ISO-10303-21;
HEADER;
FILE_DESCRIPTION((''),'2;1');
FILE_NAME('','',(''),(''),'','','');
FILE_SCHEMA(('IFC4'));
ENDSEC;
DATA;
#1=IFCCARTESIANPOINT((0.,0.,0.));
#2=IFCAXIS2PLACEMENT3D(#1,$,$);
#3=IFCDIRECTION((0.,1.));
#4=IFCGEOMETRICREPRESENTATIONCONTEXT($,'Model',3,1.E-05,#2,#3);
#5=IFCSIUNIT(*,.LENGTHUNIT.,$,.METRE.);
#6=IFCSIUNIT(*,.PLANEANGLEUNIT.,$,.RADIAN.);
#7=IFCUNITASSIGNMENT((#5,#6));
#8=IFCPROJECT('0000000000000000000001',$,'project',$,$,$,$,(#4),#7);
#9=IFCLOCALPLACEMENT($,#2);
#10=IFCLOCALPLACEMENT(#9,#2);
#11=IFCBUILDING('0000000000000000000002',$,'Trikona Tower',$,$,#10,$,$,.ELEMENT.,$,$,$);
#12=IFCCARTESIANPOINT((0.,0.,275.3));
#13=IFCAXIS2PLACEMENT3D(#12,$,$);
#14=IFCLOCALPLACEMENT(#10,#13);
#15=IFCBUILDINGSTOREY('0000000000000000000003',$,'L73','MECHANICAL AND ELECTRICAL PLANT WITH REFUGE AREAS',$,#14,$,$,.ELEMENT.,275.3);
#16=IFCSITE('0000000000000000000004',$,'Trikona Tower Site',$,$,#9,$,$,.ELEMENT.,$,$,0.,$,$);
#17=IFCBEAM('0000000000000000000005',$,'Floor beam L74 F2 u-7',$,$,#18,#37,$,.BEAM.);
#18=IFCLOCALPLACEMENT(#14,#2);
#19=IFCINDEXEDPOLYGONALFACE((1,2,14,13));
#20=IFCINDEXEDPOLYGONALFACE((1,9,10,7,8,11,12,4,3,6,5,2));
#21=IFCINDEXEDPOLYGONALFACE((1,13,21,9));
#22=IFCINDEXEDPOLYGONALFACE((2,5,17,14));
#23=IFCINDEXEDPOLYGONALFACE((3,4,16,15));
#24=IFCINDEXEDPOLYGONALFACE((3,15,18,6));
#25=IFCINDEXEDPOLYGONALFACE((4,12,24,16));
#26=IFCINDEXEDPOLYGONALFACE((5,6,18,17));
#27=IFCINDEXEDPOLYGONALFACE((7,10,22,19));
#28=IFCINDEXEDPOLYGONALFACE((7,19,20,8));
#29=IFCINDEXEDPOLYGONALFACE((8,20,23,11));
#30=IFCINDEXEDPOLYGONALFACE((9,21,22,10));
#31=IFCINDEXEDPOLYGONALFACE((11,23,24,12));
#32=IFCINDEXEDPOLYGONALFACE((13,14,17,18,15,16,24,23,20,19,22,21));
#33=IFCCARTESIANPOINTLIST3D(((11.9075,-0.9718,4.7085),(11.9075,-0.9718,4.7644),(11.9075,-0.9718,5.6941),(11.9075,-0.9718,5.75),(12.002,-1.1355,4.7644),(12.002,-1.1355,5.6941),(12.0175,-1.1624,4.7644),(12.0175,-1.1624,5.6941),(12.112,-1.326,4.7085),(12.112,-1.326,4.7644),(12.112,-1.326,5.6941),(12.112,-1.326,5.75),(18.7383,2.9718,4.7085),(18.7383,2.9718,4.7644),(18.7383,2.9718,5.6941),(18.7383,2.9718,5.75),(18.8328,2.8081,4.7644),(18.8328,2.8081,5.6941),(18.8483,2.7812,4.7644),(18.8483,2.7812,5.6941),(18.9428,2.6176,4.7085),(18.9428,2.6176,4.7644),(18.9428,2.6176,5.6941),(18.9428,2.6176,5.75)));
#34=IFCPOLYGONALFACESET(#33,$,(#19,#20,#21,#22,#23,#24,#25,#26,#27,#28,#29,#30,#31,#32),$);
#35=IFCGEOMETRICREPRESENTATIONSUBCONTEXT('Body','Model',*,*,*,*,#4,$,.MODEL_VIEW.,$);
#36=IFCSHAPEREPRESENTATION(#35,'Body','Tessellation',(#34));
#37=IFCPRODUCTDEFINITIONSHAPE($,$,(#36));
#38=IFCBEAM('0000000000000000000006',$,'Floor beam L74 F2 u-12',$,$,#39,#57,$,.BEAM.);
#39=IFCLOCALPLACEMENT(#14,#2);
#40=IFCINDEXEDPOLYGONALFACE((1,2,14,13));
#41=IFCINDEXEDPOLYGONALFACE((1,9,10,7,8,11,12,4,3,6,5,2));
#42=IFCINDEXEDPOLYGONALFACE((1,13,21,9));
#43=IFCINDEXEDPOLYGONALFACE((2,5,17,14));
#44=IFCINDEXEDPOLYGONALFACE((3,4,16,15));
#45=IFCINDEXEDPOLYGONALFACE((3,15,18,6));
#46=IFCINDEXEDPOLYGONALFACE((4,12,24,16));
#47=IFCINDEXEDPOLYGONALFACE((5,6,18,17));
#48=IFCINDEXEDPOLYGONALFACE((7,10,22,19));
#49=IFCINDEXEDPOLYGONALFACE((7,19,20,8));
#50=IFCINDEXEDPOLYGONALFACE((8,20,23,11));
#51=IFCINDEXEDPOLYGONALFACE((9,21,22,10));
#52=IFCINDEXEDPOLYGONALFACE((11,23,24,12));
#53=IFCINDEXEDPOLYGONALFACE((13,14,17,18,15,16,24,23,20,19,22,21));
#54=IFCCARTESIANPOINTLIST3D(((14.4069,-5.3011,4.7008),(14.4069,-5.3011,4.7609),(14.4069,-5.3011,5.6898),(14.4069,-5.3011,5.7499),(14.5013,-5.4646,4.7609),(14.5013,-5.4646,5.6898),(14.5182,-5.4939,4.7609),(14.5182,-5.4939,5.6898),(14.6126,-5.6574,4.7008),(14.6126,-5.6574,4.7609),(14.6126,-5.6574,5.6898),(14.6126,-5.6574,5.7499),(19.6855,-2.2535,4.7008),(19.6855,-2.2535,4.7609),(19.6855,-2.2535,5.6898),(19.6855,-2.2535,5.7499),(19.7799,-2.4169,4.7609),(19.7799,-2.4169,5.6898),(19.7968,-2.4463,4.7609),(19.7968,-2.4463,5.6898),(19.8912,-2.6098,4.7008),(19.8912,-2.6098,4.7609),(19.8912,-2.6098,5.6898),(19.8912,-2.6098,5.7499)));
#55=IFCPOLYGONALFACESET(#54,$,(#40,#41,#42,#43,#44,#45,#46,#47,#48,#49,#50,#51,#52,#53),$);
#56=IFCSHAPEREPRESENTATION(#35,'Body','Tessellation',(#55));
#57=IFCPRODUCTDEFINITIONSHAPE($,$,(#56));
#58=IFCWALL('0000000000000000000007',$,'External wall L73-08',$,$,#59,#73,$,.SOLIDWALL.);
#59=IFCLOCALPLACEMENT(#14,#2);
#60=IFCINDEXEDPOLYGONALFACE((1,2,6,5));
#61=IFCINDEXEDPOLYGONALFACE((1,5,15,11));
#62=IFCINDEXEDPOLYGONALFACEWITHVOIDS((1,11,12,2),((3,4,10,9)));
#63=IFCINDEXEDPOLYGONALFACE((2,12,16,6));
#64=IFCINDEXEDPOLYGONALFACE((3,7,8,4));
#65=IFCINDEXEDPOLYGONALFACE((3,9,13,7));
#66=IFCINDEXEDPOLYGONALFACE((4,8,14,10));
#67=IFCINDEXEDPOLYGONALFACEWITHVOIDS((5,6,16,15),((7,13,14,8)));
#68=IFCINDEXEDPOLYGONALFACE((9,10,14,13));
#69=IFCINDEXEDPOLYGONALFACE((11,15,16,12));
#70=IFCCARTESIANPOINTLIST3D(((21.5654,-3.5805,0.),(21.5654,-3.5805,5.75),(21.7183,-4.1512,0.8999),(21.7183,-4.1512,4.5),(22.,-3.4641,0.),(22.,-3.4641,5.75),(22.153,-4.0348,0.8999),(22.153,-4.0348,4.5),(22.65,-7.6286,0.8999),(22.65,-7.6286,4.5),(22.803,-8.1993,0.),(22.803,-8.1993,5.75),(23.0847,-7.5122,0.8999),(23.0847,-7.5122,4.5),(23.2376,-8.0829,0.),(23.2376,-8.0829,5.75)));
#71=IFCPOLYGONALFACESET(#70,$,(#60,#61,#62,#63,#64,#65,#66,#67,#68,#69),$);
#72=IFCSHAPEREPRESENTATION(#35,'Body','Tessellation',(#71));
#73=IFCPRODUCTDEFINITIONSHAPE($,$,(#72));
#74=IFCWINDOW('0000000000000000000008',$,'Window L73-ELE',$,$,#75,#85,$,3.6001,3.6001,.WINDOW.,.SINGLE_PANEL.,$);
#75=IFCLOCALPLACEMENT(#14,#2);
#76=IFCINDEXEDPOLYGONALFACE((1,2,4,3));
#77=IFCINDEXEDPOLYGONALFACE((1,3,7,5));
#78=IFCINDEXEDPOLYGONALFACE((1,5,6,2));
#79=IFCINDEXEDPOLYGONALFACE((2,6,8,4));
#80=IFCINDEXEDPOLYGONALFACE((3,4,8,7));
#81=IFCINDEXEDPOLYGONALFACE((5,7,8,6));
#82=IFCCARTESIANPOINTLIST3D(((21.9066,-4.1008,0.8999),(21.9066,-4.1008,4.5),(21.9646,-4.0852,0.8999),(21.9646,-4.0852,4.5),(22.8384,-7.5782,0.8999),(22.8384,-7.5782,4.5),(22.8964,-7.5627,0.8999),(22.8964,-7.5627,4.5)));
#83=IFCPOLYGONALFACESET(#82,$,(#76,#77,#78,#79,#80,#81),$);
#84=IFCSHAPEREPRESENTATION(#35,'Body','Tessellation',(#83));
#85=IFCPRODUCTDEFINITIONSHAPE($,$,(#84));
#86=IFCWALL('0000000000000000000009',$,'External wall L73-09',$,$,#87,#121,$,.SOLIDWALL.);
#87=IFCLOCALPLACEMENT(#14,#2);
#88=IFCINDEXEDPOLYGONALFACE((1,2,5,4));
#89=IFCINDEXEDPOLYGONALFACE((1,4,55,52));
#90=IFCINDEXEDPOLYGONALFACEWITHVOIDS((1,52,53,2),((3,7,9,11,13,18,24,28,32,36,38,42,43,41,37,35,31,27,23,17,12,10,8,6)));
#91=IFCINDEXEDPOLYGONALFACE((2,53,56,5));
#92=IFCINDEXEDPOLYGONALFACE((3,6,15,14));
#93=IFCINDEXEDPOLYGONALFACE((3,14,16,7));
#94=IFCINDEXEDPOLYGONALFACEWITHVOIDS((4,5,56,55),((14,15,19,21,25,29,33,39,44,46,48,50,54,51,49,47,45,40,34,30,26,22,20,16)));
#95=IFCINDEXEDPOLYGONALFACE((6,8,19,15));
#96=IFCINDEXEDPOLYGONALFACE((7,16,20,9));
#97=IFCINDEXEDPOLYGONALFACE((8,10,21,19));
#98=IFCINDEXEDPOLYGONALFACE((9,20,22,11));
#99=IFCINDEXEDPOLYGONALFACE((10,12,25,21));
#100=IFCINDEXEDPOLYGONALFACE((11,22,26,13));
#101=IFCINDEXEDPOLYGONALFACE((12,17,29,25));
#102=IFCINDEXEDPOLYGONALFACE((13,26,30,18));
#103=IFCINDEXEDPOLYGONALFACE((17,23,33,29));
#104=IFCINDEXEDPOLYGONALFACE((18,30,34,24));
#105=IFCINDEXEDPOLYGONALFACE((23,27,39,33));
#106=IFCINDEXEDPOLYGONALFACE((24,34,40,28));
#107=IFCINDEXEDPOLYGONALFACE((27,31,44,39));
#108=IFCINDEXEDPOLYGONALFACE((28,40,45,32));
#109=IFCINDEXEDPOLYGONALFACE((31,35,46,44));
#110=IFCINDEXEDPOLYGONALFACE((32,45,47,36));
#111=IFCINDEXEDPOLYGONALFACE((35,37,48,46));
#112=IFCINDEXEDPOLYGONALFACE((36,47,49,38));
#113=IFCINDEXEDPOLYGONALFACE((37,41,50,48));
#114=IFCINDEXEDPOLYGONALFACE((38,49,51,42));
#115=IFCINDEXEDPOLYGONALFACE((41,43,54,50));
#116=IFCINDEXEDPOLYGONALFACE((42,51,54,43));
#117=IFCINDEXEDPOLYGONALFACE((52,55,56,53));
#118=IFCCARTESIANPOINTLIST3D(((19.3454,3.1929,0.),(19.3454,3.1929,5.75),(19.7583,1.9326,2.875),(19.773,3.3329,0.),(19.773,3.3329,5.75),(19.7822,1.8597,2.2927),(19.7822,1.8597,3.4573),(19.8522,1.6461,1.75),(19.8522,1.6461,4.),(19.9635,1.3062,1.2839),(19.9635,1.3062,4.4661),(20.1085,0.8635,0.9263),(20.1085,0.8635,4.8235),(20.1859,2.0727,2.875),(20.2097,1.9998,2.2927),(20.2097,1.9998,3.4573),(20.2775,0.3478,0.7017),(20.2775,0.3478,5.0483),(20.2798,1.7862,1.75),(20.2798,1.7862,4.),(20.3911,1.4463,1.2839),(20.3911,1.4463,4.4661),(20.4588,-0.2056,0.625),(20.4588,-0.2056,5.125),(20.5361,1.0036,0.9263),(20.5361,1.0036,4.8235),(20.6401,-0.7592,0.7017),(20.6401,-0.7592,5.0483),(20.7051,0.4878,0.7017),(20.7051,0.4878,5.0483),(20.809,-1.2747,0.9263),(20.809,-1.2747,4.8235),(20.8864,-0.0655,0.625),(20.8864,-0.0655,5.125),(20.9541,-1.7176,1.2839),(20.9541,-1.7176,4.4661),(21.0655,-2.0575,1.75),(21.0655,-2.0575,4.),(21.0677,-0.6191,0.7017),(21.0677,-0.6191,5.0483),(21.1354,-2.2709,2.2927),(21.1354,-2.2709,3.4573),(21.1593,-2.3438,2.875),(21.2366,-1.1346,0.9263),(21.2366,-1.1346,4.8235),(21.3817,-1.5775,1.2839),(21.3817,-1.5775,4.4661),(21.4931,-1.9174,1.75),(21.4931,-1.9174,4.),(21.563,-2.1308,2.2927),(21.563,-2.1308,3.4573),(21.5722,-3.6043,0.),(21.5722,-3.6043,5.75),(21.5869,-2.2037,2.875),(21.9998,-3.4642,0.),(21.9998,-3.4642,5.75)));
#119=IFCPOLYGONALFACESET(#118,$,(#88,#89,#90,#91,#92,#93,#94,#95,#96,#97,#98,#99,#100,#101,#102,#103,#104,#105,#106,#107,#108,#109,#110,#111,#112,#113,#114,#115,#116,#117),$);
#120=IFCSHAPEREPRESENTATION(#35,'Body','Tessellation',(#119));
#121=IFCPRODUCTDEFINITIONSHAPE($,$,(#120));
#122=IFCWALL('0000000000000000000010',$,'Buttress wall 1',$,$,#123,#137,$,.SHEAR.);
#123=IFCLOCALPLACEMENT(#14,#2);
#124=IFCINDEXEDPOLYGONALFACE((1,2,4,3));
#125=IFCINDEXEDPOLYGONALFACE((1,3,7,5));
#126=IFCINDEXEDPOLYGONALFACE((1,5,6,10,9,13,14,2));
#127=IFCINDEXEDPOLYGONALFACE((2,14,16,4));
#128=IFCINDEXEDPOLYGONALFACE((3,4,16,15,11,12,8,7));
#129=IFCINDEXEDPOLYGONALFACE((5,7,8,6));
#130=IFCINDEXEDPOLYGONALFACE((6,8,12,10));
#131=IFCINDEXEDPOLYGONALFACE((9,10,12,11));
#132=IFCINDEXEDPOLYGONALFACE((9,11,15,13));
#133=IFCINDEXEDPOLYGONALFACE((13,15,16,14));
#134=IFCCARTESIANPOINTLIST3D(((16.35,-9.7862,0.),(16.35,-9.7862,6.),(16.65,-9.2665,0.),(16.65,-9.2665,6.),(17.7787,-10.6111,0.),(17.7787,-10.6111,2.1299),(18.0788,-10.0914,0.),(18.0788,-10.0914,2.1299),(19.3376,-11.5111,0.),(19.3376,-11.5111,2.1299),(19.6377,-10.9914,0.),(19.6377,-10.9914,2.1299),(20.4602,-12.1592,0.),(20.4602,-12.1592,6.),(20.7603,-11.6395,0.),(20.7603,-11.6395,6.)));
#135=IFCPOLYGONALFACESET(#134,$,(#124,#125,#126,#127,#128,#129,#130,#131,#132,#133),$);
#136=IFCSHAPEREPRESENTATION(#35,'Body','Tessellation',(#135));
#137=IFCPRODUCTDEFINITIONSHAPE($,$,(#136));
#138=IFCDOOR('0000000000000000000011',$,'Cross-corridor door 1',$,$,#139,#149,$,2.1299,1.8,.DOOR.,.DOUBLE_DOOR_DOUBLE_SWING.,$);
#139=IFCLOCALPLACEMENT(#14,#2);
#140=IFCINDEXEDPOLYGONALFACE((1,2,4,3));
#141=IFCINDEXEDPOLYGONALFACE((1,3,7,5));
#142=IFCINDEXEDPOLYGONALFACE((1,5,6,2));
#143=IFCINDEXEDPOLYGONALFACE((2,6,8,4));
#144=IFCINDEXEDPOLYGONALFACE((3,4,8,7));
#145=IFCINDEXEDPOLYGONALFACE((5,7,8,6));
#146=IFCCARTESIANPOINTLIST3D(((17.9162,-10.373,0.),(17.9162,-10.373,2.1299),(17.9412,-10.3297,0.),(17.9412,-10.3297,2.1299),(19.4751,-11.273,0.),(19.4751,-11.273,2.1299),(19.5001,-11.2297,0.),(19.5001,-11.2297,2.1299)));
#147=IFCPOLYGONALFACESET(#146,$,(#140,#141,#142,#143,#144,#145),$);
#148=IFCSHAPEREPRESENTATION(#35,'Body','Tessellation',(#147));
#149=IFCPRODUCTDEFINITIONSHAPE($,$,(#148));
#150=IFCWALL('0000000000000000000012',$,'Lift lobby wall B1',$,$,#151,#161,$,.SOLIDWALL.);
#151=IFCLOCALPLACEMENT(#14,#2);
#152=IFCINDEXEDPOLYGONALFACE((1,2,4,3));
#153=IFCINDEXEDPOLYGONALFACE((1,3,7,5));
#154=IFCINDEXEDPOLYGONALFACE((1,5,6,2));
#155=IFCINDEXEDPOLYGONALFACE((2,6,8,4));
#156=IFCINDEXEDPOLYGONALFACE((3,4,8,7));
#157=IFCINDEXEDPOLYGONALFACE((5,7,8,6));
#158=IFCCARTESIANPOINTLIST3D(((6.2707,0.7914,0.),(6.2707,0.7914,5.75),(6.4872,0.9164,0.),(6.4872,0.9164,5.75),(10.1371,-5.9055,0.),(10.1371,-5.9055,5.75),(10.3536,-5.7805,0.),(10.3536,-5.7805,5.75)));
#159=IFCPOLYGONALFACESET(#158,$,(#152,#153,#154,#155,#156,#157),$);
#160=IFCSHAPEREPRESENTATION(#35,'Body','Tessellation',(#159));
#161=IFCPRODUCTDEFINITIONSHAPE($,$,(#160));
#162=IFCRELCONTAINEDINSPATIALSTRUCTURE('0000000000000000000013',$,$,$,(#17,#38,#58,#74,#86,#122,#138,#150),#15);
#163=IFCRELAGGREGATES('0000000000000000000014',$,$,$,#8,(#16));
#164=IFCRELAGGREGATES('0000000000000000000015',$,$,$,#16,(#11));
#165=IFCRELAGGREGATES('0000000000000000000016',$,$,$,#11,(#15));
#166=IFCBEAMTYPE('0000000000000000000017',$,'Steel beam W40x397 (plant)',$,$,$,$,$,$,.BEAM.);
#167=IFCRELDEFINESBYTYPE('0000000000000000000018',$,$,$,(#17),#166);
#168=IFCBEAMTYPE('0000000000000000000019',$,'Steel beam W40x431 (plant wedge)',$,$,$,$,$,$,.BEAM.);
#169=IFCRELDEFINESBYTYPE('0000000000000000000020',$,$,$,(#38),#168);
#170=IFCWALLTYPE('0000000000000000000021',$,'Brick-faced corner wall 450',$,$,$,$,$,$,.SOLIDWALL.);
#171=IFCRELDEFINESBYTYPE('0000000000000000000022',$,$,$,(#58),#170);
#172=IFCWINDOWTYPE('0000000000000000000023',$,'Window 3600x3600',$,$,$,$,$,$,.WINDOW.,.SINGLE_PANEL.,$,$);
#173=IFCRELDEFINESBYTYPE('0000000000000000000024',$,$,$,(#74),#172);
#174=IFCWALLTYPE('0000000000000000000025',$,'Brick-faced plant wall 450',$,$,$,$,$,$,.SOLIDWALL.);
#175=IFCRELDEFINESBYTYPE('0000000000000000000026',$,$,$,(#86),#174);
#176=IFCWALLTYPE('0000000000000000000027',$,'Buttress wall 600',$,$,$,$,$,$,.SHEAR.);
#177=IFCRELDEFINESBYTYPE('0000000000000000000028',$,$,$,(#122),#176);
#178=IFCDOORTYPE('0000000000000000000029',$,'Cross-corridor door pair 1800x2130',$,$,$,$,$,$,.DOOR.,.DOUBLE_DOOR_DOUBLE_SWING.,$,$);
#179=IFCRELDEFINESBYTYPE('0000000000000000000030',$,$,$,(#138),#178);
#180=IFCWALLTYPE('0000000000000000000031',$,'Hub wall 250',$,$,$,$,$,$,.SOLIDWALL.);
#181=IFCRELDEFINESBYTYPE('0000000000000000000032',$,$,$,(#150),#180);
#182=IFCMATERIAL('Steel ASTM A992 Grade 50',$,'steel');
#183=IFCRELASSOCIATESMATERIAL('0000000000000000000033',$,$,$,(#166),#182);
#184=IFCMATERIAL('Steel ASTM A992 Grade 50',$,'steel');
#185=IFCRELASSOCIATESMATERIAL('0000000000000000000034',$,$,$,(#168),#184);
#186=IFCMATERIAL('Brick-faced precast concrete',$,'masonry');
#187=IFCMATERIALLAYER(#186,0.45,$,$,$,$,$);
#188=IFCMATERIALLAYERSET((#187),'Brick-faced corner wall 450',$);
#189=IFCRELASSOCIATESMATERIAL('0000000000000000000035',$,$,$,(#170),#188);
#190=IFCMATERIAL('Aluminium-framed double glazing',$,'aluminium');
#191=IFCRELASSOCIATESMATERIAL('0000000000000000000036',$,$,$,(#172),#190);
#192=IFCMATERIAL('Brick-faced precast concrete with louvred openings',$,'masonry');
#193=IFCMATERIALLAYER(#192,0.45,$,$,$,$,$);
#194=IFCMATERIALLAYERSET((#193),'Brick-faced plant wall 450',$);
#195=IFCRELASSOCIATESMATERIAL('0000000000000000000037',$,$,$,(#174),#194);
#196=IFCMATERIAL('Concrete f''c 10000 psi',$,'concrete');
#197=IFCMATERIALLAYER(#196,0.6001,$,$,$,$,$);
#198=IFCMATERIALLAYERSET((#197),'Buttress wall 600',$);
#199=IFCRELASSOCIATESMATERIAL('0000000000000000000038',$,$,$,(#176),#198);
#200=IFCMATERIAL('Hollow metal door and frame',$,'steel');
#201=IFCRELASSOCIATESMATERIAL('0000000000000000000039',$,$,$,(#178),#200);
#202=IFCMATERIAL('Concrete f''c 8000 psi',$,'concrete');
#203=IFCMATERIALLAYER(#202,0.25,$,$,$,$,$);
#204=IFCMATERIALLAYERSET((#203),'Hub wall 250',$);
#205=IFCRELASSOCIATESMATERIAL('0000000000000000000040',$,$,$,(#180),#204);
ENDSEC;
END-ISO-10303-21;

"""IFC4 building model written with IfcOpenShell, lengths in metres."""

from ifc_helpers import new_model, si_unit, direction, frame, frame_2d, origin, origin_2d, place, context, subcontext, project, spatial, polyline, rectangle, i_section, outline, extrude, material, layer, layer_set, material_profile, profile_set, type_object, element, fill, save


model = new_model("IFC4")

# Units and contexts
model_context = context("Model", 3, precision=1e-05, world=origin(), true_north=direction((0.0, 1.0)))
body_context = subcontext(model_context, "Body", "Model", "MODEL_VIEW")
ifc_project = project(units=[si_unit("LENGTHUNIT", "METRE"), si_unit("PLANEANGLEUNIT", "RADIAN")], contexts=[model_context])

# Site, building, storey
site_placement = place(None, origin())
site = spatial("IfcSite", under=ifc_project, at=site_placement, Name="Trikona Tower Site", CompositionType="ELEMENT", RefElevation=0.0)
building_placement = place(site_placement, origin())
building = spatial("IfcBuilding", under=site, at=building_placement, Name="Trikona Tower", CompositionType="ELEMENT")
storey_placement = place(building_placement, frame((0.0, 0.0, 275.3)))
storey = spatial("IfcBuildingStorey", under=building, at=storey_placement, Name="L73", Description="MECHANICAL AND ELECTRICAL PLANT WITH REFUGE AREAS", CompositionType="ELEMENT", Elevation=275.3)

# Beams
ifc_material_1 = material(Name="Steel ASTM A992 Grade 50", Category="steel")
ifc_material_profile_1 = material_profile(ifc_material_1, i_section(OverallWidth=0.4089, OverallDepth=1.0415, WebThickness=0.031, FlangeThickness=0.0559, at=origin_2d()), Name="W40X397")
ifc_profile_set_1 = profile_set([ifc_material_profile_1], Name="Steel ASTM A992 Grade 50")
beam_type_1 = type_object("IfcBeamType", Name="Steel beam W40x397 (plant)", PredefinedType="BEAM", material=ifc_profile_set_1)
beam_1_placement = place(storey_placement, frame((12.0098, -1.1489, 5.2292), z_axis=(0.866035, 0.499984, 0.0), x_axis=(-0.499984, 0.866035, 0.0)))
element("IfcBeam", 1, at=beam_1_placement, inside=storey, type_object=beam_type_1, Name="Floor beam L74 F2 u-7", PredefinedType="BEAM", context=body_context, shape_type="SweptSolid", body=[
    extrude(i_section(OverallWidth=0.4089, OverallDepth=1.0415, WebThickness=0.031, FlangeThickness=0.0559, at=origin_2d()), origin(), (0.0, 0.0, 1.0), 7.8875),
])
ifc_material_2 = material(Name="Steel ASTM A992 Grade 50", Category="steel")
ifc_material_profile_2 = material_profile(ifc_material_2, i_section(OverallWidth=0.4114, OverallDepth=1.0491, WebThickness=0.0339, FlangeThickness=0.0601, at=origin_2d()), Name="W40X431")
ifc_profile_set_2 = profile_set([ifc_material_profile_2], Name="Steel ASTM A992 Grade 50")
beam_type_2 = type_object("IfcBeamType", Name="Steel beam W40x431 (plant wedge)", PredefinedType="BEAM", material=ifc_profile_set_2)
beam_2_placement = place(storey_placement, frame((14.5098, -5.4792, 5.2253), z_axis=(0.866023, 0.500003, 0.0), x_axis=(-0.500003, 0.866023, 0.0)))
element("IfcBeam", 2, at=beam_2_placement, inside=storey, type_object=beam_type_2, Name="Floor beam L74 F2 u-12", PredefinedType="BEAM", context=body_context, shape_type="SweptSolid", body=[
    extrude(i_section(OverallWidth=0.4114, OverallDepth=1.0491, WebThickness=0.0339, FlangeThickness=0.0601, at=origin_2d()), origin(), (0.0, 0.0, 1.0), 6.0952),
])

# Wall, opening, window
ifc_material_3 = material(Name="Brick-faced precast concrete", Category="masonry")
ifc_layer_1 = layer(ifc_material_3, 0.45)
ifc_layer_set_1 = layer_set([ifc_layer_1], Name="Brick-faced corner wall 450")
wall_type_1 = type_object("IfcWallType", Name="Brick-faced corner wall 450", PredefinedType="SOLIDWALL", material=ifc_layer_set_1)
wall_1_placement = place(storey_placement, frame((23.0203, -8.1411, 0.0), z_axis=(0.0, 0.0, 1.0), x_axis=(-0.258803, 0.96593, 0.0)))
wall_1 = element("IfcWall", 3, at=wall_1_placement, inside=storey, type_object=wall_type_1, Name="External wall L73-08", PredefinedType="SOLIDWALL", context=body_context, shape_type="SweptSolid", body=[
    extrude(rectangle(XDim=4.7817, YDim=0.45, at=frame_2d((2.3909, 0.0))), origin(), (0.0, 0.0, 1.0), 5.75),
])
opening_1_placement = place(wall_1_placement, frame((0.5908, 0.0, 0.8999)))
opening_1 = element("IfcOpeningElement", 4, at=opening_1_placement, cuts=wall_1, PredefinedType="OPENING", context=body_context, shape_type="SweptSolid", body=[
    extrude(rectangle(XDim=3.6001, YDim=3.6001, at=frame_2d((1.8, 1.8))), frame((0.0, 0.2349, 0.0), z_axis=(0.0, -1.0, 0.0), x_axis=(1.0, 0.0, 0.0)), (0.0, 0.0, 1.0), 0.47),
])
ifc_material_4 = material(Name="Aluminium-framed double glazing", Category="aluminium")
window_type = type_object("IfcWindowType", Name="Window 3600x3600", PartitioningType="SINGLE_PANEL", PredefinedType="WINDOW", material=ifc_material_4)
window_placement = place(opening_1_placement, origin())
window = element("IfcWindow", 5, at=window_placement, inside=storey, type_object=window_type, Name="Window L73-ELE", OverallHeight=3.6001, OverallWidth=3.6001, PartitioningType="SINGLE_PANEL", PredefinedType="WINDOW", context=body_context, shape_type="SweptSolid", body=[
    extrude(rectangle(XDim=3.6001, YDim=3.6001, at=frame_2d((1.8, 1.8))), frame((0.0, 0.03, 0.0), z_axis=(0.0, -1.0, 0.0), x_axis=(1.0, 0.0, 0.0)), (0.0, 0.0, 1.0), 0.0601),
])
fill(opening_1, window)

# Wall
ifc_material_5 = material(Name="Brick-faced precast concrete with louvred openings", Category="masonry")
ifc_layer_2 = layer(ifc_material_5, 0.45)
ifc_layer_set_2 = layer_set([ifc_layer_2], Name="Brick-faced plant wall 450")
wall_type_2 = type_object("IfcWallType", Name="Brick-faced plant wall 450", PredefinedType="SOLIDWALL", material=ifc_layer_set_2)
wall_2_placement = place(storey_placement, frame((21.7861, -3.5342, 0.0), z_axis=(0.0, 0.0, 1.0), x_axis=(-0.311329, 0.950302, 0.0)))
element("IfcWall", 6, at=wall_2_placement, inside=storey, type_object=wall_type_2, Name="External wall L73-09", PredefinedType="SOLIDWALL", context=body_context, shape_type="SweptSolid", body=[
    extrude(outline(polyline([(0.0, 0.0), (7.1526, 0.0), (7.1526, 5.75), (0.0, 5.75), (0.0, 0.0)]), holes=[polyline([(5.8264, 2.875), (5.7498, 3.4573), (5.5249, 4.0), (5.1672, 4.4661), (4.7014, 4.8235), (4.1587, 5.0483), (3.5764, 5.125), (2.9939, 5.0483), (2.4514, 4.8235), (1.9854, 4.4661), (1.6277, 4.0), (1.4031, 3.4573), (1.3264, 2.875), (1.4031, 2.2927), (1.6277, 1.75), (1.9854, 1.2839), (2.4514, 0.9263), (2.9939, 0.7017), (3.5764, 0.625), (4.1587, 0.7017), (4.7014, 0.9263), (5.1672, 1.2839), (5.5249, 1.75), (5.7498, 2.2927), (5.8264, 2.875)])]), frame((0.0, 0.2251, 0.0), z_axis=(0.0, -1.0, 0.0), x_axis=(1.0, 0.0, 0.0)), (0.0, 0.0, 1.0), 0.45),
])

# Wall, opening, door
ifc_material_6 = material(Name="Concrete f'c 10000 psi", Category="concrete")
ifc_layer_3 = layer(ifc_material_6, 0.6001)
ifc_layer_set_3 = layer_set([ifc_layer_3], Name="Buttress wall 600")
wall_type_3 = type_object("IfcWallType", Name="Buttress wall 600", PredefinedType="SHEAR", material=ifc_layer_set_3)
wall_3_placement = place(storey_placement, frame((16.5, -9.5264, 0.0), z_axis=(0.0, 0.0, 1.0), x_axis=(0.866031, -0.49999, 0.0)))
wall_3 = element("IfcWall", 7, at=wall_3_placement, inside=storey, type_object=wall_type_3, Name="Buttress wall 1", PredefinedType="SHEAR", context=body_context, shape_type="SweptSolid", body=[
    extrude(rectangle(XDim=4.7461, YDim=0.6001, at=frame_2d((2.373, 0.0))), origin(), (0.0, 0.0, 1.0), 6.0),
])
opening_2_placement = place(wall_3_placement, frame((1.6499, 0.0, 0.0)))
opening_2 = element("IfcOpeningElement", 8, at=opening_2_placement, cuts=wall_3, PredefinedType="OPENING", context=body_context, shape_type="SweptSolid", body=[
    extrude(rectangle(XDim=1.8, YDim=2.1299, at=frame_2d((0.8999, 1.0649))), frame((0.0, 0.3101, 0.0), z_axis=(0.0, -1.0, 0.0), x_axis=(1.0, 0.0, 0.0)), (0.0, 0.0, 1.0), 0.6201),
])
ifc_material_7 = material(Name="Hollow metal door and frame", Category="steel")
door_type = type_object("IfcDoorType", Name="Cross-corridor door pair 1800x2130", OperationType="DOUBLE_DOOR_DOUBLE_SWING", PredefinedType="DOOR", material=ifc_material_7)
door_placement = place(opening_2_placement, origin())
door = element("IfcDoor", 9, at=door_placement, inside=storey, type_object=door_type, Name="Cross-corridor door 1", OperationType="DOUBLE_DOOR_DOUBLE_SWING", OverallHeight=2.1299, OverallWidth=1.8, PredefinedType="DOOR", context=body_context, shape_type="SweptSolid", body=[
    extrude(rectangle(XDim=1.8, YDim=2.1299, at=frame_2d((0.8999, 1.0649))), frame((0.0, 0.0249, 0.0), z_axis=(0.0, -1.0, 0.0), x_axis=(1.0, 0.0, 0.0)), (0.0, 0.0, 1.0), 0.05),
])
fill(opening_2, door)

# Wall
ifc_material_8 = material(Name="Concrete f'c 8000 psi", Category="concrete")
ifc_layer_4 = layer(ifc_material_8, 0.25)
ifc_layer_set_4 = layer_set([ifc_layer_4], Name="Hub wall 250")
wall_type_4 = type_object("IfcWallType", Name="Hub wall 250", PredefinedType="SOLIDWALL", material=ifc_layer_set_4)
wall_4_placement = place(storey_placement, frame((10.2454, -5.843, 0.0), z_axis=(0.0, 0.0, 1.0), x_axis=(-0.499993, 0.866029, 0.0)))
element("IfcWall", 10, at=wall_4_placement, inside=storey, type_object=wall_type_4, Name="Lift lobby wall B1", PredefinedType="SOLIDWALL", context=body_context, shape_type="SweptSolid", body=[
    extrude(rectangle(XDim=7.7329, YDim=0.25, at=frame_2d((3.8665, 0.0))), origin(), (0.0, 0.0, 1.0), 5.75),
])

save(model, "model.ifc")
